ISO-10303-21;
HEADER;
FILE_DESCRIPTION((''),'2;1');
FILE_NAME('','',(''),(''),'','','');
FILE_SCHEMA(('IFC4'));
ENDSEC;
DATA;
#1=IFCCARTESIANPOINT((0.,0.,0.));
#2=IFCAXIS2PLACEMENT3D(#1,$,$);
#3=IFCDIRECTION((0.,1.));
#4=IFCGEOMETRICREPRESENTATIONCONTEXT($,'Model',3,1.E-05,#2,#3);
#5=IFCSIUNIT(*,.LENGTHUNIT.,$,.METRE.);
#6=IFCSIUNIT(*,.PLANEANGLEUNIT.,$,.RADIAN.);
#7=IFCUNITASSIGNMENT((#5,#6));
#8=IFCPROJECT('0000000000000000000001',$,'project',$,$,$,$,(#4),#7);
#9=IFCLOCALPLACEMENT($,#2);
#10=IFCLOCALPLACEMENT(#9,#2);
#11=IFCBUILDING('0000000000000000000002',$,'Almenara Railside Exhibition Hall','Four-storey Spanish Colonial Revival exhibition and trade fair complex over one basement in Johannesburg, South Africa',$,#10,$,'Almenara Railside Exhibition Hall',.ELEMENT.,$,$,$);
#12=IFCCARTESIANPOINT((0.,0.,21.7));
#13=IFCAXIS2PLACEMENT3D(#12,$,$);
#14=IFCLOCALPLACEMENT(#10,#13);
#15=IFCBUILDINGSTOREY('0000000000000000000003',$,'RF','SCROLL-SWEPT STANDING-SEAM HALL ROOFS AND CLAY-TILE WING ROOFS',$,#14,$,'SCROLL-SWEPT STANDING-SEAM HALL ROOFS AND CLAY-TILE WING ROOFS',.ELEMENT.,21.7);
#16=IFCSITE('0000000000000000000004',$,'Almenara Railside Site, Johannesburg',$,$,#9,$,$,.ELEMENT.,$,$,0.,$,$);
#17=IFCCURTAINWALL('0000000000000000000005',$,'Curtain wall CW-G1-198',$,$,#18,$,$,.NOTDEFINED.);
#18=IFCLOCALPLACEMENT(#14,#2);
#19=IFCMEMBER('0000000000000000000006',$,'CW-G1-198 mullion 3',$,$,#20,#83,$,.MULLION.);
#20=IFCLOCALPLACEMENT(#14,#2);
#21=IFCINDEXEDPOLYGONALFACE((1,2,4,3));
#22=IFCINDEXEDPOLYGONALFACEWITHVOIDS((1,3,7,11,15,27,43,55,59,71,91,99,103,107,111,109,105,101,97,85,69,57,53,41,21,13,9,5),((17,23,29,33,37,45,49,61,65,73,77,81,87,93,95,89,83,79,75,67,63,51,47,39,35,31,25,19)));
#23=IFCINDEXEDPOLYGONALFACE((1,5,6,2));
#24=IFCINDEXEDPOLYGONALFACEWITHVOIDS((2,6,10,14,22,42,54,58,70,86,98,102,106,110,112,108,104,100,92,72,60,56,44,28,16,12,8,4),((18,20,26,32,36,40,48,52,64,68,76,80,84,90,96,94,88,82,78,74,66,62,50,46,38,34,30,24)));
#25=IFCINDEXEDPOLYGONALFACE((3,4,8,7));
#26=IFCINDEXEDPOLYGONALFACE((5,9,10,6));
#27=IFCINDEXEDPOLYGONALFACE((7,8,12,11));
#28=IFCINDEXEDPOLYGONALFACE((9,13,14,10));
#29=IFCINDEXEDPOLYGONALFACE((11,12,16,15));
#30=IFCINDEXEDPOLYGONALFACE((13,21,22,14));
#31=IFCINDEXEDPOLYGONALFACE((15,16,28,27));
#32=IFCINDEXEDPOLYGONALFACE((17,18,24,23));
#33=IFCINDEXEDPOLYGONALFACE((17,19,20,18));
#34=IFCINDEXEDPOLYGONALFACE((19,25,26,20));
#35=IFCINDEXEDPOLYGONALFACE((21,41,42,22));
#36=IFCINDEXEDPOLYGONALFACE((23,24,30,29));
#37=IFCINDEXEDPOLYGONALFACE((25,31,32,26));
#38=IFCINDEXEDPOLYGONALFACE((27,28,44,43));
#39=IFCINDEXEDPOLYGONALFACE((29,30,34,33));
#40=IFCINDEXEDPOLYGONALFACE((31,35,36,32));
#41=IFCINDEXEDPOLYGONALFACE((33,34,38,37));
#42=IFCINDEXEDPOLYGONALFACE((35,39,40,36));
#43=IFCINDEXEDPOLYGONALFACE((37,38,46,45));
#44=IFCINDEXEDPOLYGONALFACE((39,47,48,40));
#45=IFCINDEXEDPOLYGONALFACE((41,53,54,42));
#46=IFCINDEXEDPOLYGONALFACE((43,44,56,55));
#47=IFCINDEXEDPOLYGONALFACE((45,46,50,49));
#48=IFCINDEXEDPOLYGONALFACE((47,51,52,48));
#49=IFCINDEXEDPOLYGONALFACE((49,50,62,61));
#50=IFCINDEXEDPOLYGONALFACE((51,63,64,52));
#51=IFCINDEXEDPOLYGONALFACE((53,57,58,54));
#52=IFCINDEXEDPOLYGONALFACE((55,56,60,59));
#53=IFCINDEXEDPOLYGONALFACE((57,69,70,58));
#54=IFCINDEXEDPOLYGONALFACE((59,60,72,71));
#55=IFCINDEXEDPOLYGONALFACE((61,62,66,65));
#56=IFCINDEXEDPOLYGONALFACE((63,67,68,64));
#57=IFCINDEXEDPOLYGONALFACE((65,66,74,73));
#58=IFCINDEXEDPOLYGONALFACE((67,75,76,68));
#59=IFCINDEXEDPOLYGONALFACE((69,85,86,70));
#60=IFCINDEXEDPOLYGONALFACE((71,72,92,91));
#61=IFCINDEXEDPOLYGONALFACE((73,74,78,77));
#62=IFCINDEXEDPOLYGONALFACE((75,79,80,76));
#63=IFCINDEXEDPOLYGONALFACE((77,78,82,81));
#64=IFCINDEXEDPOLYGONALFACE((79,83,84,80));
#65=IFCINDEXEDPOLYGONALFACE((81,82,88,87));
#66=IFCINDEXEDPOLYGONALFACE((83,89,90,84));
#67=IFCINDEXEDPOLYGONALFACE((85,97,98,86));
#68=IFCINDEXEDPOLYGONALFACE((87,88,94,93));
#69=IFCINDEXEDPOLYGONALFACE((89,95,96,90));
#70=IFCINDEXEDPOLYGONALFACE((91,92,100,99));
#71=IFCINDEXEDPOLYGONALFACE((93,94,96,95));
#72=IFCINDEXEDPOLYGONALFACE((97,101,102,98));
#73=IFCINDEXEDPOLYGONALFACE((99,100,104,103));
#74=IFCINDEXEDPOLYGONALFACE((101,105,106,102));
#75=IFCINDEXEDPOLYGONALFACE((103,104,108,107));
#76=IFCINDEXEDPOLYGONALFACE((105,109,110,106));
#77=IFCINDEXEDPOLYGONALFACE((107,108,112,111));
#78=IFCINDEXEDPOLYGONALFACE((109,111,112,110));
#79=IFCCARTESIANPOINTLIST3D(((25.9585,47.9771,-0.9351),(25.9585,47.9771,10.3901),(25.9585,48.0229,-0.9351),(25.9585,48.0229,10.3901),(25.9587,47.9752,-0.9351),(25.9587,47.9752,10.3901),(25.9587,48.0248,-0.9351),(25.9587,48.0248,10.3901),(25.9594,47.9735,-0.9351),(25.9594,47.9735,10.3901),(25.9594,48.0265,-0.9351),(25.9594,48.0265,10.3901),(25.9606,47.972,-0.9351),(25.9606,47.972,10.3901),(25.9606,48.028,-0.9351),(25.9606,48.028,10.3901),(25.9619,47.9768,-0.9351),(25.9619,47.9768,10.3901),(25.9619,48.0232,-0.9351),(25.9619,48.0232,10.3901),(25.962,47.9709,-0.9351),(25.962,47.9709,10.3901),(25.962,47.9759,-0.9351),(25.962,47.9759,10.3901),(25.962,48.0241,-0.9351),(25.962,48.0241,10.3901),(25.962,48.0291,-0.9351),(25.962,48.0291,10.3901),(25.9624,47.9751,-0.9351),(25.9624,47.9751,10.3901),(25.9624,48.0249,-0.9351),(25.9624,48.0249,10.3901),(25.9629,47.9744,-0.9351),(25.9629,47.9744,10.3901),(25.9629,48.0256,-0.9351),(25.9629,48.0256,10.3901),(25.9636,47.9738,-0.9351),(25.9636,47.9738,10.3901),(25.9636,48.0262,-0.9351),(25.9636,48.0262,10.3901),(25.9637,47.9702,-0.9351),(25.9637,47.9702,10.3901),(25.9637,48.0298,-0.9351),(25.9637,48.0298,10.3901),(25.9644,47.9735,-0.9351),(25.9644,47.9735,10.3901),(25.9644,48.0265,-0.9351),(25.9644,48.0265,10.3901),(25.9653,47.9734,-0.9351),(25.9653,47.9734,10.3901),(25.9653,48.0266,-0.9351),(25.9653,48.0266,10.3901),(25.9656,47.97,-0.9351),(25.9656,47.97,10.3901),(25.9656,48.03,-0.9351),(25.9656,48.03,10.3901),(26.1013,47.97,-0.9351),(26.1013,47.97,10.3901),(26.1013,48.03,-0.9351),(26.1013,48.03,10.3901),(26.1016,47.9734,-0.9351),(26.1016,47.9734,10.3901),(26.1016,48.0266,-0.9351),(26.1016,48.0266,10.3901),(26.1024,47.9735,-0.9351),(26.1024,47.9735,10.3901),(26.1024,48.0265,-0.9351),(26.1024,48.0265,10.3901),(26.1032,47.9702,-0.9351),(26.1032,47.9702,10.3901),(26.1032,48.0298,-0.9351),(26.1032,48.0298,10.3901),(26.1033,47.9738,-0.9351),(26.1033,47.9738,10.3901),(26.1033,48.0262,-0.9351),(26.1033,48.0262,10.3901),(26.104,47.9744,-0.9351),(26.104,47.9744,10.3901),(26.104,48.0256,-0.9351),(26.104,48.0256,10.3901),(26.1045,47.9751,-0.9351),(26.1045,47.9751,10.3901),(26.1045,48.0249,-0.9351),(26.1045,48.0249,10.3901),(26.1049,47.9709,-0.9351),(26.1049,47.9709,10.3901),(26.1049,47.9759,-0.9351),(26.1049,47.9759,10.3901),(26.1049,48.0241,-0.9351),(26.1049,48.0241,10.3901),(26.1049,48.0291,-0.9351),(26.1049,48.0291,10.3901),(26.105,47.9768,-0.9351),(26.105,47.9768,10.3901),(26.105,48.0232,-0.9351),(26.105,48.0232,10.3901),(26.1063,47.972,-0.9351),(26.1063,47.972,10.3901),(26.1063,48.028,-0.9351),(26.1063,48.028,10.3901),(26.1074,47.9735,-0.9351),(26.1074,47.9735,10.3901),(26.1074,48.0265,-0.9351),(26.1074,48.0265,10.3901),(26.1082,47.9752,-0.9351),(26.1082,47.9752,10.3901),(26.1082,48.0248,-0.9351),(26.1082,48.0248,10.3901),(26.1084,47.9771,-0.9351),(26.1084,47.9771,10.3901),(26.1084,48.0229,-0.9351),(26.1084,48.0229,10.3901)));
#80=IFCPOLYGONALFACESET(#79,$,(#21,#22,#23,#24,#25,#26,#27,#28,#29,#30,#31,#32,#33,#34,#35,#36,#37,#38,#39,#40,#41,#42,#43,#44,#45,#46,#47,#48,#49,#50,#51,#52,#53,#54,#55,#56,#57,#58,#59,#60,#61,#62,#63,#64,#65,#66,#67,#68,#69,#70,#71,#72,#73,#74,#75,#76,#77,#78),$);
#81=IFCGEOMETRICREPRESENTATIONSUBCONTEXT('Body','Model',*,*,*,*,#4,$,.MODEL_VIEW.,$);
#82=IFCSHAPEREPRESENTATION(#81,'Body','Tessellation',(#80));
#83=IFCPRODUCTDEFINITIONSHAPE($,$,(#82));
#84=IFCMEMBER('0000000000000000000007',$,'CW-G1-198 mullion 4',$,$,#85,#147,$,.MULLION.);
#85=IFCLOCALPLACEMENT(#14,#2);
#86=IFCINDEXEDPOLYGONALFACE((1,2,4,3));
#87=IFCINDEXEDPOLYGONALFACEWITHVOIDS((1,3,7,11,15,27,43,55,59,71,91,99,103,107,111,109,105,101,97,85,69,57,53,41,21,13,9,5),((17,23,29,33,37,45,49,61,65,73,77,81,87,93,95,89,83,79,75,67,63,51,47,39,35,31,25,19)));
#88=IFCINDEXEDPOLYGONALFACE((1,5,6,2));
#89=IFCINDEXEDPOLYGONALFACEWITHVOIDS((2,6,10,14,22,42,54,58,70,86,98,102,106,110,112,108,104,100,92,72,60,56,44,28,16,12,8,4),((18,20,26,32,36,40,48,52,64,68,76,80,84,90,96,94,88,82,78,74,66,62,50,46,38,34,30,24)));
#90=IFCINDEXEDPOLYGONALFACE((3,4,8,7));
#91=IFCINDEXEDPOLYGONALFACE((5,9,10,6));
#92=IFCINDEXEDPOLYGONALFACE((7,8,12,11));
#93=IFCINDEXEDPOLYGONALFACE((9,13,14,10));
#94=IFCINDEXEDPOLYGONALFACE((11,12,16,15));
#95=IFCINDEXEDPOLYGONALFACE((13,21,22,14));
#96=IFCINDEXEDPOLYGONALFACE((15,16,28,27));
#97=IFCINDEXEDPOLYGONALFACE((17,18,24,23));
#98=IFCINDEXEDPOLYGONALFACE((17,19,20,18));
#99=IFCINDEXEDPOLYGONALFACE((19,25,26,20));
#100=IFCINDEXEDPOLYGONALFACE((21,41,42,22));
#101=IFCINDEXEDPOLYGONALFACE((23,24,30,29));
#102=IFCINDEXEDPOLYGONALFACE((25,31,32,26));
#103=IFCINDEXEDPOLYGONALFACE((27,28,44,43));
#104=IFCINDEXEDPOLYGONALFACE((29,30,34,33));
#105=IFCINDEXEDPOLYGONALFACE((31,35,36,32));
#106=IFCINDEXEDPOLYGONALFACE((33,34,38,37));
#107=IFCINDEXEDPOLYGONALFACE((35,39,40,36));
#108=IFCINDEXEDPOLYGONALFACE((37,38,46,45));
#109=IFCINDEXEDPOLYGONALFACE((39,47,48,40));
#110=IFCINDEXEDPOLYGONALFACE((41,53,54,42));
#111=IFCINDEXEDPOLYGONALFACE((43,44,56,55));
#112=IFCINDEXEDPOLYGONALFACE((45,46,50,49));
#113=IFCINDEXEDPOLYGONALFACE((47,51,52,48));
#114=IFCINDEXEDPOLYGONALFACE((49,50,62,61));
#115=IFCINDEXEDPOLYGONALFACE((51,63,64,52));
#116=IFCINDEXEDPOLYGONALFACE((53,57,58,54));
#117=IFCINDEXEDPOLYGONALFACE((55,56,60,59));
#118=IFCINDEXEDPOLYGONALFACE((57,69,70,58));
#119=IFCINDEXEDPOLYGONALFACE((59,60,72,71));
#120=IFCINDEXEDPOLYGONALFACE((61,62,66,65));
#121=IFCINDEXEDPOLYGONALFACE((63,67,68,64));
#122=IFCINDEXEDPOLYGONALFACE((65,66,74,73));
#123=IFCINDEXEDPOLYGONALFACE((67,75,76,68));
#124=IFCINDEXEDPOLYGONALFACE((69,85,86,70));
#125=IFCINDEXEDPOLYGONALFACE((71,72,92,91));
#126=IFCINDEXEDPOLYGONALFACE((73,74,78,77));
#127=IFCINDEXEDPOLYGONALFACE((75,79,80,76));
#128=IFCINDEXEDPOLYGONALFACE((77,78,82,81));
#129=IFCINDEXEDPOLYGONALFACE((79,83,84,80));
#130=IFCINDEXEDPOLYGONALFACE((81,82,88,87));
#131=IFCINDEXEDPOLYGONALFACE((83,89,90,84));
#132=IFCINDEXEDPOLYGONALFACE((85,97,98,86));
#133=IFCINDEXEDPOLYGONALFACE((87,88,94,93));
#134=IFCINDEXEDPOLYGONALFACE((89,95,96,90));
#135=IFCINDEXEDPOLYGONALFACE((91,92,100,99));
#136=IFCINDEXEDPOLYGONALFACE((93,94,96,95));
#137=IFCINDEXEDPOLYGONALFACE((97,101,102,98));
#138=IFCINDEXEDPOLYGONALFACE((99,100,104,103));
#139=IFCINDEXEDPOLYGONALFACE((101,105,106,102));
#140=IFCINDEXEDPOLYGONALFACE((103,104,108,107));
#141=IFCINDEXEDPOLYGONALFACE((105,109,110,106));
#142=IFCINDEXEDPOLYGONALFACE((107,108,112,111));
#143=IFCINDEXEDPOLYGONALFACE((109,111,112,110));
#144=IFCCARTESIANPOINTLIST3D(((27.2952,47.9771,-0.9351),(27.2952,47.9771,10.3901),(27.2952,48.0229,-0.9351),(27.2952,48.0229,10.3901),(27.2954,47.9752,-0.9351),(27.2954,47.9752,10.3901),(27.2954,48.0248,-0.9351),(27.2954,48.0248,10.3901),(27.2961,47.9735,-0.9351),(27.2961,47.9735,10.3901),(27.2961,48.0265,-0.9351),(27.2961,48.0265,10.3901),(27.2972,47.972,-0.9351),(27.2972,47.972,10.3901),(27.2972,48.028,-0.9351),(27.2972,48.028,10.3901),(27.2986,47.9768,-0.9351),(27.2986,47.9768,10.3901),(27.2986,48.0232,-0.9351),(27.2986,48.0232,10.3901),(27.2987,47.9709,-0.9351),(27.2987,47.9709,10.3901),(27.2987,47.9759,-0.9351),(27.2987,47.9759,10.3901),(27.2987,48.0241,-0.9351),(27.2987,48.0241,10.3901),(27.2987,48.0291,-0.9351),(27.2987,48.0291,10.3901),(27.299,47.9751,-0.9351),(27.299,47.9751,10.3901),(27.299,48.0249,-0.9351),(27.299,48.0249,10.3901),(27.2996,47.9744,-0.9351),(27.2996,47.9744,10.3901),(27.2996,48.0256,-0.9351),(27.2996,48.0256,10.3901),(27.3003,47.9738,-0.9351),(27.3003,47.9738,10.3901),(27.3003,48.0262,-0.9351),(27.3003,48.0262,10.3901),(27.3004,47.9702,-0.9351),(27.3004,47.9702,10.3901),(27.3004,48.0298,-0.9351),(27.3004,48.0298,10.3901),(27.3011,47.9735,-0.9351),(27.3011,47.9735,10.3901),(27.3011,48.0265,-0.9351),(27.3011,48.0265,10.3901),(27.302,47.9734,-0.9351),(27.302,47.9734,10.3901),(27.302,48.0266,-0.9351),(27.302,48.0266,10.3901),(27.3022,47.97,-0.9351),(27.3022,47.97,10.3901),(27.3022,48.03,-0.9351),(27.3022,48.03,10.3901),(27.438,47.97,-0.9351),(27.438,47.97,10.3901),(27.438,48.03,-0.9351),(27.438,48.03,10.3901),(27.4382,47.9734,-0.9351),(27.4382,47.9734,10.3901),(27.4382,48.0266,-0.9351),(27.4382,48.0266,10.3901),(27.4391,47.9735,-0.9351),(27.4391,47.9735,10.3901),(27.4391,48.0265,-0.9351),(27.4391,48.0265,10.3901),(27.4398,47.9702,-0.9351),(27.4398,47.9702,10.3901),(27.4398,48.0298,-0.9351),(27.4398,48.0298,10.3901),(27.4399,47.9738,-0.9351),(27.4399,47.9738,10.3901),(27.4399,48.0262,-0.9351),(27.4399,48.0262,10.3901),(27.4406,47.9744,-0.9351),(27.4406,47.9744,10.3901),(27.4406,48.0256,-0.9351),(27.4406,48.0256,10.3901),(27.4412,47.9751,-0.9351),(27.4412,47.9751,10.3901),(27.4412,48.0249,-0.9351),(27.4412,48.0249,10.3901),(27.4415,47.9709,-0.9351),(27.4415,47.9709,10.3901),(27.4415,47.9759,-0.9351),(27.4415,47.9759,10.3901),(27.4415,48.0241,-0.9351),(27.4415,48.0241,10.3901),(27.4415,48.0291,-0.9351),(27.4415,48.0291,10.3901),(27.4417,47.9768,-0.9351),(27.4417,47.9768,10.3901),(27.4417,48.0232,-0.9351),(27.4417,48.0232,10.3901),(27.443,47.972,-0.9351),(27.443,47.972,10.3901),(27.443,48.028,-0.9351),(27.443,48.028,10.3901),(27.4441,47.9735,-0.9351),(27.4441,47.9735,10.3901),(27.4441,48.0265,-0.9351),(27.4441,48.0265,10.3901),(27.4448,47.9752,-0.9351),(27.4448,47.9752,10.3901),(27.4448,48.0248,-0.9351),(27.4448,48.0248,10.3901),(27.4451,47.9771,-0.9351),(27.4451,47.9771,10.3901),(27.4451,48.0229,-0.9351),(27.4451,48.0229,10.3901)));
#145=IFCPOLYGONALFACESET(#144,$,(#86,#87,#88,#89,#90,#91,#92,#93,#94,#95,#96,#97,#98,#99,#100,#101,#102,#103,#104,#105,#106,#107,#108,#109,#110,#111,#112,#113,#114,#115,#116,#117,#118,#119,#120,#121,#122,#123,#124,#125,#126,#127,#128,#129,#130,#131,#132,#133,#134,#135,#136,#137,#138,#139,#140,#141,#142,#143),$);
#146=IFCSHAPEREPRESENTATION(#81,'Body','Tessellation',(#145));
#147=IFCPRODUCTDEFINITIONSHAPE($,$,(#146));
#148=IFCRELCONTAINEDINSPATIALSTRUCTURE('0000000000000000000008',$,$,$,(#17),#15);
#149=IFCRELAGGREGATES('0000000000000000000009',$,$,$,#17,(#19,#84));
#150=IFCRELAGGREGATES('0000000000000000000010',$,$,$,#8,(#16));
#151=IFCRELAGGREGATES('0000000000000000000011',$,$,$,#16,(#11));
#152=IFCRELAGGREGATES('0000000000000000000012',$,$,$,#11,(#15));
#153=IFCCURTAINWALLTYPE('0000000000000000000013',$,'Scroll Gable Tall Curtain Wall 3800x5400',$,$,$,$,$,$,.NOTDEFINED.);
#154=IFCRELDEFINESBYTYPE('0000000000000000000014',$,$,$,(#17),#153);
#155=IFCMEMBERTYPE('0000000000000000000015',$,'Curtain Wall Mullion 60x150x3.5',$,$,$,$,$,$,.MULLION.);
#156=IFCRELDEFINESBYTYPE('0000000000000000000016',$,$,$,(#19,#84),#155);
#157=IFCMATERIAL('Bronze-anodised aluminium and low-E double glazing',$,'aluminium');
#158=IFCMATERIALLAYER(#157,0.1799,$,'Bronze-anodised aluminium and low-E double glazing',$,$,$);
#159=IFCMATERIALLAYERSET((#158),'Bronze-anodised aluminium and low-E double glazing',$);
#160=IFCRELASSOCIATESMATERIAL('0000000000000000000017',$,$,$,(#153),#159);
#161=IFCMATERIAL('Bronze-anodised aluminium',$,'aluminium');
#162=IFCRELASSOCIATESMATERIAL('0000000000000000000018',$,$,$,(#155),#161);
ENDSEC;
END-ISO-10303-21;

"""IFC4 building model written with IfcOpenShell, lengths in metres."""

from ifc_helpers import new_model, si_unit, direction, frame, origin, origin_2d, place, context, subcontext, project, spatial, hollow_rectangle, extrude, material, layer, layer_set, material_profile, profile_set, type_object, element, aggregate, save


model = new_model("IFC4")

# Units and contexts
model_context = context("Model", 3, precision=1e-05, world=origin(), true_north=direction((0.0, 1.0)))
body_context = subcontext(model_context, "Body", "Model", "MODEL_VIEW")
ifc_project = project(units=[si_unit("LENGTHUNIT", "METRE"), si_unit("PLANEANGLEUNIT", "RADIAN")], contexts=[model_context])

# Site, building, storey
site_placement = place(None, origin())
site = spatial("IfcSite", under=ifc_project, at=site_placement, Name="Almenara Railside Site, Johannesburg", CompositionType="ELEMENT", RefElevation=0.0)
building_placement = place(site_placement, origin())
building = spatial("IfcBuilding", under=site, at=building_placement, Name="Almenara Railside Exhibition Hall", Description="Four-storey Spanish Colonial Revival exhibition and trade fair complex over one basement in Johannesburg, South Africa", LongName="Almenara Railside Exhibition Hall", CompositionType="ELEMENT")
storey_placement = place(building_placement, frame((0.0, 0.0, 21.7)))
storey = spatial("IfcBuildingStorey", under=building, at=storey_placement, Name="RF", Description="SCROLL-SWEPT STANDING-SEAM HALL ROOFS AND CLAY-TILE WING ROOFS", LongName="SCROLL-SWEPT STANDING-SEAM HALL ROOFS AND CLAY-TILE WING ROOFS", CompositionType="ELEMENT", Elevation=21.7)

# Curtain wall, members
ifc_material_1 = material(Name="Bronze-anodised aluminium and low-E double glazing", Category="aluminium")
ifc_layer_1 = layer(ifc_material_1, 0.1799, Name="Bronze-anodised aluminium and low-E double glazing")
ifc_layer_set_1 = layer_set([ifc_layer_1], Name="Bronze-anodised aluminium and low-E double glazing")
curtain_wall_type = type_object("IfcCurtainWallType", Name="Scroll Gable Tall Curtain Wall 3800x5400", PredefinedType="NOTDEFINED", material=ifc_layer_set_1)
ifc_material_2 = material(Name="Bronze-anodised aluminium", Category="aluminium")
curtain_wall_1_placement = place(storey_placement, origin())
curtain_wall_1 = element("IfcCurtainWall", 1, at=curtain_wall_1_placement, inside=storey, type_object=curtain_wall_type, Name="Curtain wall CW-G1-198", PredefinedType="NOTDEFINED")
ifc_material_profile_1 = material_profile(ifc_material_2, hollow_rectangle(XDim=0.0601, YDim=0.1499, WallThickness=0.0034, InnerFilletRadius=0.0034, OuterFilletRadius=0.0071, at=origin_2d()), Name="ALU-MUL 60x150x3.5")
ifc_profile_set_1 = profile_set([ifc_material_profile_1], Name="Bronze-anodised aluminium")
member_type_1 = type_object("IfcMemberType", Name="Curtain Wall Mullion 60x150x3.5", PredefinedType="MULLION", material=ifc_profile_set_1)
member_1_placement = place(storey_placement, frame((26.0334, 48.0, -0.9351), z_axis=(0.0, 0.0, 1.0), x_axis=(0.0, 1.0, 0.0)))
member_1 = element("IfcMember", 2, at=member_1_placement, type_object=member_type_1, Name="CW-G1-198 mullion 3", PredefinedType="MULLION", context=body_context, shape_type="SweptSolid", body=[
    extrude(hollow_rectangle(XDim=0.0601, YDim=0.1499, WallThickness=0.0034, InnerFilletRadius=0.0034, OuterFilletRadius=0.0071, at=origin_2d()), origin(), (0.0, 0.0, 1.0), 11.3252),
])
member_2_placement = place(storey_placement, frame((27.3701, 48.0, -0.9351), z_axis=(0.0, 0.0, 1.0), x_axis=(0.0, 1.0, 0.0)))
member_2 = element("IfcMember", 3, at=member_2_placement, type_object=member_type_1, Name="CW-G1-198 mullion 4", PredefinedType="MULLION", context=body_context, shape_type="SweptSolid", body=[
    extrude(hollow_rectangle(XDim=0.0601, YDim=0.1499, WallThickness=0.0034, InnerFilletRadius=0.0034, OuterFilletRadius=0.0071, at=origin_2d()), origin(), (0.0, 0.0, 1.0), 11.3252),
])

aggregate(curtain_wall_1, [member_1, member_2])

save(model, "model.ifc")
